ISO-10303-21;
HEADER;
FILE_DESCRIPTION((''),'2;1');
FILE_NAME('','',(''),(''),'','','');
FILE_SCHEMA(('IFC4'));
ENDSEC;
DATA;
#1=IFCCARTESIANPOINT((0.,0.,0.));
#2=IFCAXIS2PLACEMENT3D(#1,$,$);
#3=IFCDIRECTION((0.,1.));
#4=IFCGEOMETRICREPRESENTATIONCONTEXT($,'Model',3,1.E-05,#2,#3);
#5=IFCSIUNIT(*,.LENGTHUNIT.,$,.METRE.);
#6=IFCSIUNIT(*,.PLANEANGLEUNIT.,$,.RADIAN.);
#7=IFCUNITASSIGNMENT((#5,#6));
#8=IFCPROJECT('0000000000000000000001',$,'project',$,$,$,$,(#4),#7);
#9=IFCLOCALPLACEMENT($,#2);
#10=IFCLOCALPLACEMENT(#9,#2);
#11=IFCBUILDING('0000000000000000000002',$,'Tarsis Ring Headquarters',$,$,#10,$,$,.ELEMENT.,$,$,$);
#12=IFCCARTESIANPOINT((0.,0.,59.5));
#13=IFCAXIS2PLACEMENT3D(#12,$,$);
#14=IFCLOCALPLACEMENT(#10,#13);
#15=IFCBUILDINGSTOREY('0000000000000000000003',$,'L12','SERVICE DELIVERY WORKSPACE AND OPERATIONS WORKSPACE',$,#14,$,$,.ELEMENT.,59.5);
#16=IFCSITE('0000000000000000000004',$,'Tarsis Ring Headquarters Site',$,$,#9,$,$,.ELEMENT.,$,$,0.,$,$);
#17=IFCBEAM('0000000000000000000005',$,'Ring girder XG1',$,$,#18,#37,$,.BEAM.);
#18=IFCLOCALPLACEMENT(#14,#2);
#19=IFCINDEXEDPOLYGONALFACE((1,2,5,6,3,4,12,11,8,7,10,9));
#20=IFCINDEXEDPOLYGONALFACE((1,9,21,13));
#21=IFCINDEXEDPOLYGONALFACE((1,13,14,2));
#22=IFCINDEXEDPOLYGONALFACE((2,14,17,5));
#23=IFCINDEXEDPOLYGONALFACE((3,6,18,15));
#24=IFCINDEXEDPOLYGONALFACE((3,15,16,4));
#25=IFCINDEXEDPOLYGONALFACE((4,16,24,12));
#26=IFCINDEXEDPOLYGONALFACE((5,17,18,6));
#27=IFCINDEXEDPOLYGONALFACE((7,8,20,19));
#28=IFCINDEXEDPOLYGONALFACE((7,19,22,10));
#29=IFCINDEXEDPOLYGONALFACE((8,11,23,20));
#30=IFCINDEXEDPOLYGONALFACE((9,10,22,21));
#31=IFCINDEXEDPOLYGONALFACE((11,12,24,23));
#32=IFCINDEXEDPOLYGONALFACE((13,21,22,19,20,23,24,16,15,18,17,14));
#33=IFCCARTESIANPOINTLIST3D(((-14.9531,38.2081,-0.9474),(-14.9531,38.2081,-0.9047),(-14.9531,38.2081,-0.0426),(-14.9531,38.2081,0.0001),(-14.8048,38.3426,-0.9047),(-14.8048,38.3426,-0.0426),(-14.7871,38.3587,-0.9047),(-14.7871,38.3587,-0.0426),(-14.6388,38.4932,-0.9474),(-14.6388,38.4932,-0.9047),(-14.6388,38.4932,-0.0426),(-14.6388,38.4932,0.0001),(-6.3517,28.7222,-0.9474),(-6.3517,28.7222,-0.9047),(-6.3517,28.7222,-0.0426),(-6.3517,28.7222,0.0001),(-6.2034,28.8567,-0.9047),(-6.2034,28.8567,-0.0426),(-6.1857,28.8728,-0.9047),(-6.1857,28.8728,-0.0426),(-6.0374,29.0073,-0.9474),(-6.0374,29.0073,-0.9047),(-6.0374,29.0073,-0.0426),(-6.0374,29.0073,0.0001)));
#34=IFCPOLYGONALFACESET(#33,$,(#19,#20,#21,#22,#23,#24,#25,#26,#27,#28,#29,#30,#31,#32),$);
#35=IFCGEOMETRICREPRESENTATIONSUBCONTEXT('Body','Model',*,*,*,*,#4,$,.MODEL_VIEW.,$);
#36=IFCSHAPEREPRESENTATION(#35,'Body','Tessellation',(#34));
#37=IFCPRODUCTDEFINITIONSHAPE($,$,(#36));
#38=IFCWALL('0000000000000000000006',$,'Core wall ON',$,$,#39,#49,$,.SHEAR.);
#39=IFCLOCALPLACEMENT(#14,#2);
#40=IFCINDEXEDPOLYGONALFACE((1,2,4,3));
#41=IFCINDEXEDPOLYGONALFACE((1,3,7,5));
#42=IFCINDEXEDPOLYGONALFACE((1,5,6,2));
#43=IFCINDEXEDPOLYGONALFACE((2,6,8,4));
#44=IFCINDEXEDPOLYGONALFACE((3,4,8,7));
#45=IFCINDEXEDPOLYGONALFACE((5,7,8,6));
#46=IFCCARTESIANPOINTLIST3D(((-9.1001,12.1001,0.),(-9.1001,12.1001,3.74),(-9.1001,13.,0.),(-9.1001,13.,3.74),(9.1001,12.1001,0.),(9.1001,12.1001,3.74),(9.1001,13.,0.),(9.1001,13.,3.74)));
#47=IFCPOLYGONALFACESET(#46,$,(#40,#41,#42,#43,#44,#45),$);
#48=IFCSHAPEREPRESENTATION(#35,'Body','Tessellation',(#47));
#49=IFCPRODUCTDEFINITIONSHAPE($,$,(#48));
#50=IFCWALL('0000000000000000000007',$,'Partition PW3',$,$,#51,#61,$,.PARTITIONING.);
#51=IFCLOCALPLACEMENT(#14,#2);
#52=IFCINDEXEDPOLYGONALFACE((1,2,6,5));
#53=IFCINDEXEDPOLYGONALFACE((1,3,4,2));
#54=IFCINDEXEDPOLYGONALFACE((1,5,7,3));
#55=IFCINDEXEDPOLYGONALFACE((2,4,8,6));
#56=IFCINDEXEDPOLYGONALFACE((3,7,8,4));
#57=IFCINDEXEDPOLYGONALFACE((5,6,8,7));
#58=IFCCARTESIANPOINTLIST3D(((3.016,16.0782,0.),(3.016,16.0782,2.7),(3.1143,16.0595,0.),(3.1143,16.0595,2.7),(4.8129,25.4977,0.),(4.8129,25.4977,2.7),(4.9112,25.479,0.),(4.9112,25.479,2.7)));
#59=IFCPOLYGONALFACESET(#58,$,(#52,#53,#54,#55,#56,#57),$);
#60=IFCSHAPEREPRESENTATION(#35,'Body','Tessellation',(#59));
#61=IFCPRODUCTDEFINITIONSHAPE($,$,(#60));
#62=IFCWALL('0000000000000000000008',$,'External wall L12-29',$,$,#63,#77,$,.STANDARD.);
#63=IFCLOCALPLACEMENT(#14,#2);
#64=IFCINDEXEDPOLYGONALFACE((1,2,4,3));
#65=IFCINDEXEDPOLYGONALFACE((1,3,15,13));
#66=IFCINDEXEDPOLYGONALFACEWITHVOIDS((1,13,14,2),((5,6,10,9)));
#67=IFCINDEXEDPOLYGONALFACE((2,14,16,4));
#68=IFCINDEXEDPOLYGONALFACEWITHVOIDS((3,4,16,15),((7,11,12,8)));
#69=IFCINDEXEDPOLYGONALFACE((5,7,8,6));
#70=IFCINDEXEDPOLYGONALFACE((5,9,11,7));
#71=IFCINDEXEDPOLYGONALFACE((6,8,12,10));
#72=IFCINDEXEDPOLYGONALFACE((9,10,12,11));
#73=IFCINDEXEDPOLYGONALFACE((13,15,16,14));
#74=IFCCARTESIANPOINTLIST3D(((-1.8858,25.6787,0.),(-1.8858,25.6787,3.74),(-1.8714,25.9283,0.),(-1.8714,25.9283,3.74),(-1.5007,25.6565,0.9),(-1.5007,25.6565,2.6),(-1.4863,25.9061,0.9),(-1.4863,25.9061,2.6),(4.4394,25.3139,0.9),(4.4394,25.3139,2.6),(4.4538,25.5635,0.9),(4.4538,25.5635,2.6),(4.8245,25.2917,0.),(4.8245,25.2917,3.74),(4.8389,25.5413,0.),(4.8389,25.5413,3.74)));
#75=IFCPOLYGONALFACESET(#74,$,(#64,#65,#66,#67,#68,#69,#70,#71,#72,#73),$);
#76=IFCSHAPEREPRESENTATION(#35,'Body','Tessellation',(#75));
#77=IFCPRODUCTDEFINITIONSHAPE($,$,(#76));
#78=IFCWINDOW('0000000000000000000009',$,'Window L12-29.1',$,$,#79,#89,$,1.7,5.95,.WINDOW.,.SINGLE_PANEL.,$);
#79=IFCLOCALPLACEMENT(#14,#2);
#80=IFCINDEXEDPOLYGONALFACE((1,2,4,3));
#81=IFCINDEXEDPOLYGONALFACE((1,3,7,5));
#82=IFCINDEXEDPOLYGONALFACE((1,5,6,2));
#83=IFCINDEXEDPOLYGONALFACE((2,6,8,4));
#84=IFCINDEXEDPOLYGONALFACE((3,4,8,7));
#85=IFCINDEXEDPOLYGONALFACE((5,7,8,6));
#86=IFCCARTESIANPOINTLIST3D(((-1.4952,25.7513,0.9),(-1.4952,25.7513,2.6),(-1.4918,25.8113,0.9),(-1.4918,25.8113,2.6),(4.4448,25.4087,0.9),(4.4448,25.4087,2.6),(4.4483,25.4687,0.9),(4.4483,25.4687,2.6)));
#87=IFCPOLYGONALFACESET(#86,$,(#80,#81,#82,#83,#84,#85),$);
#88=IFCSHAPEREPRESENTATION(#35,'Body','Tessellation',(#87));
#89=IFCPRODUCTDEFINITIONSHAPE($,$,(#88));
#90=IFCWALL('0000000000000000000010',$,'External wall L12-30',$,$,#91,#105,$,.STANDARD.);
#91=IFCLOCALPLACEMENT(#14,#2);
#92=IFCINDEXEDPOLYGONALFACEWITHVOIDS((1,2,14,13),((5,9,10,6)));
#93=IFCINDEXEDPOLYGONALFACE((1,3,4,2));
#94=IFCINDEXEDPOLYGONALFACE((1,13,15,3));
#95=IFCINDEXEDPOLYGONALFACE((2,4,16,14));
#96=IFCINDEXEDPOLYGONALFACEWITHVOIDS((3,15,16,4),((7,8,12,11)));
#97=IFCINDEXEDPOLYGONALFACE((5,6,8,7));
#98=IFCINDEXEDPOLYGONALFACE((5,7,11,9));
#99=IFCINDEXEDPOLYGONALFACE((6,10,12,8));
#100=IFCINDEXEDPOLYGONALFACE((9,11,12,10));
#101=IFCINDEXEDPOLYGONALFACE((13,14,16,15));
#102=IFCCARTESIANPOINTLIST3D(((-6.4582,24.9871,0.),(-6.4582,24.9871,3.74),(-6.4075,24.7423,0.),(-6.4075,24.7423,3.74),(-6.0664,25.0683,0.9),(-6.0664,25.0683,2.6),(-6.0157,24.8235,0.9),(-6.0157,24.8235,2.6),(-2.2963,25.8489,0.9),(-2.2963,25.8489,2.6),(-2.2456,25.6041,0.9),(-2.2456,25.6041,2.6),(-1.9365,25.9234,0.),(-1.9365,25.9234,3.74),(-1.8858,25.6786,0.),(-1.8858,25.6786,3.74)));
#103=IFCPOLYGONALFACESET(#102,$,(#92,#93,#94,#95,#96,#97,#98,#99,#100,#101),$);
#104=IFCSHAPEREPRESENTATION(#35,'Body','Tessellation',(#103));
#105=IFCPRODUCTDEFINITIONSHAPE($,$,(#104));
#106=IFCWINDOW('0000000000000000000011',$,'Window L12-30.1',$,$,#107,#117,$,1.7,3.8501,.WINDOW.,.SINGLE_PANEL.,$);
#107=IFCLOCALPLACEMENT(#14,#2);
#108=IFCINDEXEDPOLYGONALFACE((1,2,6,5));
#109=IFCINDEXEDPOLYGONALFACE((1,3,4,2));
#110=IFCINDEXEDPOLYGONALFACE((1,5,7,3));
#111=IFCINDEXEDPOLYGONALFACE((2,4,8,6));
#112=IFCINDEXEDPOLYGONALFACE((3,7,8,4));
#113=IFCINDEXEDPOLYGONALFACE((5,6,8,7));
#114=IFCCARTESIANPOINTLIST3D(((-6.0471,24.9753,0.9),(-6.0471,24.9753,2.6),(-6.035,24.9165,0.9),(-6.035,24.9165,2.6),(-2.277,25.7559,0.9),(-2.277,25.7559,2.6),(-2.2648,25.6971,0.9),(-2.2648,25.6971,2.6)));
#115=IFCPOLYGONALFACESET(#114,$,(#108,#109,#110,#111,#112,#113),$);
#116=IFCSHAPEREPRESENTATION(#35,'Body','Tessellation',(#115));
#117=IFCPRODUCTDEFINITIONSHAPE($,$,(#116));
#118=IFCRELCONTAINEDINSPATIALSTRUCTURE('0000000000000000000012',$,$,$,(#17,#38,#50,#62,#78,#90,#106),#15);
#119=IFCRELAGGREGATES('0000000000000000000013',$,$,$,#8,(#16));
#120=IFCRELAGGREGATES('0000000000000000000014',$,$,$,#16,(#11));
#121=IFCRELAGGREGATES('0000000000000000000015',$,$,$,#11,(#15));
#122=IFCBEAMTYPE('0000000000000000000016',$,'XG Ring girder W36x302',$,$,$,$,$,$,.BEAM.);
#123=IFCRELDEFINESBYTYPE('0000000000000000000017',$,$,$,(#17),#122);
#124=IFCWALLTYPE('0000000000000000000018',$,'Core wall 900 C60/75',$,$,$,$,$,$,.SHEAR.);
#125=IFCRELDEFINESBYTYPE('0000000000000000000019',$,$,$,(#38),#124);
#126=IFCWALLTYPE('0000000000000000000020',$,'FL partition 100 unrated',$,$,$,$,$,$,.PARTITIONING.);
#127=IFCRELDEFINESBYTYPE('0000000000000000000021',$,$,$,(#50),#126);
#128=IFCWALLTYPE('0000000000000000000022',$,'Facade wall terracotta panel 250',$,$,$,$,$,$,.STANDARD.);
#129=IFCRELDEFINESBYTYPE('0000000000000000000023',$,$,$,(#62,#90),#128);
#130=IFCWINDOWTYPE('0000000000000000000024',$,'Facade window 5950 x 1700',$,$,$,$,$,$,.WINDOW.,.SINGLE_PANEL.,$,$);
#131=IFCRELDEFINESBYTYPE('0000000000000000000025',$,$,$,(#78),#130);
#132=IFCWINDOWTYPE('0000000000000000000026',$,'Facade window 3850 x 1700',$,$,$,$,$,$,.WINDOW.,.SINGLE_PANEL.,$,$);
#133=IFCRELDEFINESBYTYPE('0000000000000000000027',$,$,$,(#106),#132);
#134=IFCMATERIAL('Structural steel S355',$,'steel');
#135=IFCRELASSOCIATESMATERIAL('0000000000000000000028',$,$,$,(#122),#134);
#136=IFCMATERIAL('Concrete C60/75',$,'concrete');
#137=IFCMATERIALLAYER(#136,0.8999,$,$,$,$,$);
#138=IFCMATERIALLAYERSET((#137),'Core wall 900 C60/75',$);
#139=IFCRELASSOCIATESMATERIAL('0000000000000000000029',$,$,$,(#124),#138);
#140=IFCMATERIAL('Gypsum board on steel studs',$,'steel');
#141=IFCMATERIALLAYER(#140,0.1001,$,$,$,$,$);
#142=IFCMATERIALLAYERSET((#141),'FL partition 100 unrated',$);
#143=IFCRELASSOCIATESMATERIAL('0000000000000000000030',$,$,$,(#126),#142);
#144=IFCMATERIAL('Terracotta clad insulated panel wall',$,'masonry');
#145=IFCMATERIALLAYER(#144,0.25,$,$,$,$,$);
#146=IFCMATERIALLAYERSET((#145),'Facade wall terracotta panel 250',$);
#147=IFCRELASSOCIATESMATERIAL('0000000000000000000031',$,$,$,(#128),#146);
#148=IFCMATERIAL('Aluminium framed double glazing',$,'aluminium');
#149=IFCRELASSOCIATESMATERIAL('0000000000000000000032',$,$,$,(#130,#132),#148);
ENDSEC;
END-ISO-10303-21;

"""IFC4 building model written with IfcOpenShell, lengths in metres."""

from ifc_helpers import new_model, si_unit, direction, frame, frame_2d, origin, origin_2d, place, context, subcontext, project, spatial, rectangle, i_section, extrude, material, layer, layer_set, material_profile, profile_set, type_object, element, fill, save


model = new_model("IFC4")

# Units and contexts
model_context = context("Model", 3, precision=1e-05, world=origin(), true_north=direction((0.0, 1.0)))
body_context = subcontext(model_context, "Body", "Model", "MODEL_VIEW")
ifc_project = project(units=[si_unit("LENGTHUNIT", "METRE"), si_unit("PLANEANGLEUNIT", "RADIAN")], contexts=[model_context])

# Site, building, storey
site_placement = place(None, origin())
site = spatial("IfcSite", under=ifc_project, at=site_placement, Name="Tarsis Ring Headquarters Site", CompositionType="ELEMENT", RefElevation=0.0)
building_placement = place(site_placement, origin())
building = spatial("IfcBuilding", under=site, at=building_placement, Name="Tarsis Ring Headquarters", CompositionType="ELEMENT")
storey_placement = place(building_placement, frame((0.0, 0.0, 59.5)))
storey = spatial("IfcBuildingStorey", under=building, at=storey_placement, Name="L12", Description="SERVICE DELIVERY WORKSPACE AND OPERATIONS WORKSPACE", CompositionType="ELEMENT", Elevation=59.5)

# Beam
ifc_material_1 = material(Name="Structural steel S355", Category="steel")
ifc_material_profile_1 = material_profile(ifc_material_1, i_section(OverallWidth=0.4243, OverallDepth=0.9475, WebThickness=0.0239, FlangeThickness=0.0427, at=origin_2d()), Name="W36x302")
ifc_profile_set_1 = profile_set([ifc_material_profile_1], Name="Structural steel S355")
beam_type_1 = type_object("IfcBeamType", Name="XG Ring girder W36x302", PredefinedType="BEAM", material=ifc_profile_set_1)
beam_1_placement = place(storey_placement, frame((-6.1946, 28.8647, -0.4736), z_axis=(-0.671724, 0.740801, 0.0), x_axis=(-0.740801, -0.671724, 0.0)))
element("IfcBeam", 1, at=beam_1_placement, inside=storey, type_object=beam_type_1, Name="Ring girder XG1", PredefinedType="BEAM", context=body_context, shape_type="SweptSolid", body=[
    extrude(i_section(OverallWidth=0.4243, OverallDepth=0.9475, WebThickness=0.0239, FlangeThickness=0.0427, at=origin_2d()), origin(), (0.0, 0.0, 1.0), 12.8049),
])

# Walls
ifc_material_2 = material(Name="Concrete C60/75", Category="concrete")
ifc_layer_1 = layer(ifc_material_2, 0.8999)
ifc_layer_set_1 = layer_set([ifc_layer_1], Name="Core wall 900 C60/75")
wall_type_1 = type_object("IfcWallType", Name="Core wall 900 C60/75", PredefinedType="SHEAR", material=ifc_layer_set_1)
wall_1_placement = place(storey_placement, frame((-9.1001, 12.55, 0.0), z_axis=(0.0, 0.0, 1.0), x_axis=(1.0, 0.0, 0.0)))
element("IfcWall", 2, at=wall_1_placement, inside=storey, type_object=wall_type_1, Name="Core wall ON", PredefinedType="SHEAR", context=body_context, shape_type="SweptSolid", body=[
    extrude(rectangle(XDim=18.2002, YDim=0.8999, at=frame_2d((9.1001, 0.0))), origin(), (0.0, 0.0, 1.0), 3.74),
])
ifc_material_3 = material(Name="Gypsum board on steel studs", Category="steel")
ifc_layer_2 = layer(ifc_material_3, 0.1001)
ifc_layer_set_2 = layer_set([ifc_layer_2], Name="FL partition 100 unrated")
wall_type_2 = type_object("IfcWallType", Name="FL partition 100 unrated", PredefinedType="PARTITIONING", material=ifc_layer_set_2)
wall_2_placement = place(storey_placement, frame((3.0652, 16.0688, 0.0), z_axis=(0.0, 0.0, 1.0), x_axis=(0.187384, 0.982287, 0.0)))
element("IfcWall", 3, at=wall_2_placement, inside=storey, type_object=wall_type_2, Name="Partition PW3", PredefinedType="PARTITIONING", context=body_context, shape_type="SweptSolid", body=[
    extrude(rectangle(XDim=9.5894, YDim=0.1001, at=frame_2d((4.7947, 0.0))), origin(), (0.0, 0.0, 1.0), 2.7),
])

# Walls, openings, windows
ifc_material_4 = material(Name="Terracotta clad insulated panel wall", Category="masonry")
ifc_layer_3 = layer(ifc_material_4, 0.25)
ifc_layer_set_3 = layer_set([ifc_layer_3], Name="Facade wall terracotta panel 250")
wall_type_3 = type_object("IfcWallType", Name="Facade wall terracotta panel 250", PredefinedType="STANDARD", material=ifc_layer_set_3)
wall_3_placement = place(storey_placement, frame((4.8318, 25.4165, 0.0), z_axis=(0.0, 0.0, 1.0), x_axis=(-0.998341, 0.057572, 0.0)))
wall_3 = element("IfcWall", 4, at=wall_3_placement, inside=storey, type_object=wall_type_3, Name="External wall L12-29", PredefinedType="STANDARD", context=body_context, shape_type="SweptSolid", body=[
    extrude(rectangle(XDim=6.7214, YDim=0.25, at=frame_2d((3.3608, 0.0))), origin(), (0.0, 0.0, 1.0), 3.74),
])
opening_1_placement = place(wall_3_placement, frame((0.3857, 0.0, 0.8999)))
opening_1 = element("IfcOpeningElement", 5, at=opening_1_placement, cuts=wall_3, PredefinedType="OPENING", context=body_context, shape_type="SweptSolid", body=[
    extrude(rectangle(XDim=5.95, YDim=1.7, at=frame_2d((2.9751, 0.8501))), frame((0.0, 0.135, 0.0), z_axis=(0.0, -1.0, 0.0), x_axis=(1.0, 0.0, 0.0)), (0.0, 0.0, 1.0), 0.27),
])
ifc_material_5 = material(Name="Aluminium framed double glazing", Category="aluminium")
window_type_1 = type_object("IfcWindowType", Name="Facade window 5950 x 1700", PartitioningType="SINGLE_PANEL", PredefinedType="WINDOW", material=ifc_material_5)
window_1_placement = place(opening_1_placement, origin())
window_1 = element("IfcWindow", 6, at=window_1_placement, inside=storey, type_object=window_type_1, Name="Window L12-29.1", OverallHeight=1.7, OverallWidth=5.95, PartitioningType="SINGLE_PANEL", PredefinedType="WINDOW", context=body_context, shape_type="SweptSolid", body=[
    extrude(rectangle(XDim=5.95, YDim=1.7, at=frame_2d((2.9751, 0.8501))), frame((0.0, 0.03, 0.0), z_axis=(0.0, -1.0, 0.0), x_axis=(1.0, 0.0, 0.0)), (0.0, 0.0, 1.0), 0.0601),
])
fill(opening_1, window_1)
wall_4_placement = place(storey_placement, frame((-1.9111, 25.801, 0.0), z_axis=(0.0, 0.0, 1.0), x_axis=(-0.979228, -0.202761, 0.0)))
wall_4 = element("IfcWall", 7, at=wall_4_placement, inside=storey, type_object=wall_type_3, Name="External wall L12-30", PredefinedType="STANDARD", context=body_context, shape_type="SweptSolid", body=[
    extrude(rectangle(XDim=4.6177, YDim=0.25, at=frame_2d((2.3088, 0.0))), origin(), (0.0, 0.0, 1.0), 3.74),
])
opening_2_placement = place(wall_4_placement, frame((0.3674, 0.0, 0.8999)))
opening_2 = element("IfcOpeningElement", 8, at=opening_2_placement, cuts=wall_4, PredefinedType="OPENING", context=body_context, shape_type="SweptSolid", body=[
    extrude(rectangle(XDim=3.8501, YDim=1.7, at=frame_2d((1.925, 0.8501))), frame((0.0, 0.135, 0.0), z_axis=(0.0, -1.0, 0.0), x_axis=(1.0, 0.0, 0.0)), (0.0, 0.0, 1.0), 0.27),
])
window_type_2 = type_object("IfcWindowType", Name="Facade window 3850 x 1700", PartitioningType="SINGLE_PANEL", PredefinedType="WINDOW", material=ifc_material_5)
window_2_placement = place(opening_2_placement, origin())
window_2 = element("IfcWindow", 9, at=window_2_placement, inside=storey, type_object=window_type_2, Name="Window L12-30.1", OverallHeight=1.7, OverallWidth=3.8501, PartitioningType="SINGLE_PANEL", PredefinedType="WINDOW", context=body_context, shape_type="SweptSolid", body=[
    extrude(rectangle(XDim=3.8501, YDim=1.7, at=frame_2d((1.925, 0.8501))), frame((0.0, 0.03, 0.0), z_axis=(0.0, -1.0, 0.0), x_axis=(1.0, 0.0, 0.0)), (0.0, 0.0, 1.0), 0.0601),
])
fill(opening_2, window_2)

save(model, "model.ifc")
